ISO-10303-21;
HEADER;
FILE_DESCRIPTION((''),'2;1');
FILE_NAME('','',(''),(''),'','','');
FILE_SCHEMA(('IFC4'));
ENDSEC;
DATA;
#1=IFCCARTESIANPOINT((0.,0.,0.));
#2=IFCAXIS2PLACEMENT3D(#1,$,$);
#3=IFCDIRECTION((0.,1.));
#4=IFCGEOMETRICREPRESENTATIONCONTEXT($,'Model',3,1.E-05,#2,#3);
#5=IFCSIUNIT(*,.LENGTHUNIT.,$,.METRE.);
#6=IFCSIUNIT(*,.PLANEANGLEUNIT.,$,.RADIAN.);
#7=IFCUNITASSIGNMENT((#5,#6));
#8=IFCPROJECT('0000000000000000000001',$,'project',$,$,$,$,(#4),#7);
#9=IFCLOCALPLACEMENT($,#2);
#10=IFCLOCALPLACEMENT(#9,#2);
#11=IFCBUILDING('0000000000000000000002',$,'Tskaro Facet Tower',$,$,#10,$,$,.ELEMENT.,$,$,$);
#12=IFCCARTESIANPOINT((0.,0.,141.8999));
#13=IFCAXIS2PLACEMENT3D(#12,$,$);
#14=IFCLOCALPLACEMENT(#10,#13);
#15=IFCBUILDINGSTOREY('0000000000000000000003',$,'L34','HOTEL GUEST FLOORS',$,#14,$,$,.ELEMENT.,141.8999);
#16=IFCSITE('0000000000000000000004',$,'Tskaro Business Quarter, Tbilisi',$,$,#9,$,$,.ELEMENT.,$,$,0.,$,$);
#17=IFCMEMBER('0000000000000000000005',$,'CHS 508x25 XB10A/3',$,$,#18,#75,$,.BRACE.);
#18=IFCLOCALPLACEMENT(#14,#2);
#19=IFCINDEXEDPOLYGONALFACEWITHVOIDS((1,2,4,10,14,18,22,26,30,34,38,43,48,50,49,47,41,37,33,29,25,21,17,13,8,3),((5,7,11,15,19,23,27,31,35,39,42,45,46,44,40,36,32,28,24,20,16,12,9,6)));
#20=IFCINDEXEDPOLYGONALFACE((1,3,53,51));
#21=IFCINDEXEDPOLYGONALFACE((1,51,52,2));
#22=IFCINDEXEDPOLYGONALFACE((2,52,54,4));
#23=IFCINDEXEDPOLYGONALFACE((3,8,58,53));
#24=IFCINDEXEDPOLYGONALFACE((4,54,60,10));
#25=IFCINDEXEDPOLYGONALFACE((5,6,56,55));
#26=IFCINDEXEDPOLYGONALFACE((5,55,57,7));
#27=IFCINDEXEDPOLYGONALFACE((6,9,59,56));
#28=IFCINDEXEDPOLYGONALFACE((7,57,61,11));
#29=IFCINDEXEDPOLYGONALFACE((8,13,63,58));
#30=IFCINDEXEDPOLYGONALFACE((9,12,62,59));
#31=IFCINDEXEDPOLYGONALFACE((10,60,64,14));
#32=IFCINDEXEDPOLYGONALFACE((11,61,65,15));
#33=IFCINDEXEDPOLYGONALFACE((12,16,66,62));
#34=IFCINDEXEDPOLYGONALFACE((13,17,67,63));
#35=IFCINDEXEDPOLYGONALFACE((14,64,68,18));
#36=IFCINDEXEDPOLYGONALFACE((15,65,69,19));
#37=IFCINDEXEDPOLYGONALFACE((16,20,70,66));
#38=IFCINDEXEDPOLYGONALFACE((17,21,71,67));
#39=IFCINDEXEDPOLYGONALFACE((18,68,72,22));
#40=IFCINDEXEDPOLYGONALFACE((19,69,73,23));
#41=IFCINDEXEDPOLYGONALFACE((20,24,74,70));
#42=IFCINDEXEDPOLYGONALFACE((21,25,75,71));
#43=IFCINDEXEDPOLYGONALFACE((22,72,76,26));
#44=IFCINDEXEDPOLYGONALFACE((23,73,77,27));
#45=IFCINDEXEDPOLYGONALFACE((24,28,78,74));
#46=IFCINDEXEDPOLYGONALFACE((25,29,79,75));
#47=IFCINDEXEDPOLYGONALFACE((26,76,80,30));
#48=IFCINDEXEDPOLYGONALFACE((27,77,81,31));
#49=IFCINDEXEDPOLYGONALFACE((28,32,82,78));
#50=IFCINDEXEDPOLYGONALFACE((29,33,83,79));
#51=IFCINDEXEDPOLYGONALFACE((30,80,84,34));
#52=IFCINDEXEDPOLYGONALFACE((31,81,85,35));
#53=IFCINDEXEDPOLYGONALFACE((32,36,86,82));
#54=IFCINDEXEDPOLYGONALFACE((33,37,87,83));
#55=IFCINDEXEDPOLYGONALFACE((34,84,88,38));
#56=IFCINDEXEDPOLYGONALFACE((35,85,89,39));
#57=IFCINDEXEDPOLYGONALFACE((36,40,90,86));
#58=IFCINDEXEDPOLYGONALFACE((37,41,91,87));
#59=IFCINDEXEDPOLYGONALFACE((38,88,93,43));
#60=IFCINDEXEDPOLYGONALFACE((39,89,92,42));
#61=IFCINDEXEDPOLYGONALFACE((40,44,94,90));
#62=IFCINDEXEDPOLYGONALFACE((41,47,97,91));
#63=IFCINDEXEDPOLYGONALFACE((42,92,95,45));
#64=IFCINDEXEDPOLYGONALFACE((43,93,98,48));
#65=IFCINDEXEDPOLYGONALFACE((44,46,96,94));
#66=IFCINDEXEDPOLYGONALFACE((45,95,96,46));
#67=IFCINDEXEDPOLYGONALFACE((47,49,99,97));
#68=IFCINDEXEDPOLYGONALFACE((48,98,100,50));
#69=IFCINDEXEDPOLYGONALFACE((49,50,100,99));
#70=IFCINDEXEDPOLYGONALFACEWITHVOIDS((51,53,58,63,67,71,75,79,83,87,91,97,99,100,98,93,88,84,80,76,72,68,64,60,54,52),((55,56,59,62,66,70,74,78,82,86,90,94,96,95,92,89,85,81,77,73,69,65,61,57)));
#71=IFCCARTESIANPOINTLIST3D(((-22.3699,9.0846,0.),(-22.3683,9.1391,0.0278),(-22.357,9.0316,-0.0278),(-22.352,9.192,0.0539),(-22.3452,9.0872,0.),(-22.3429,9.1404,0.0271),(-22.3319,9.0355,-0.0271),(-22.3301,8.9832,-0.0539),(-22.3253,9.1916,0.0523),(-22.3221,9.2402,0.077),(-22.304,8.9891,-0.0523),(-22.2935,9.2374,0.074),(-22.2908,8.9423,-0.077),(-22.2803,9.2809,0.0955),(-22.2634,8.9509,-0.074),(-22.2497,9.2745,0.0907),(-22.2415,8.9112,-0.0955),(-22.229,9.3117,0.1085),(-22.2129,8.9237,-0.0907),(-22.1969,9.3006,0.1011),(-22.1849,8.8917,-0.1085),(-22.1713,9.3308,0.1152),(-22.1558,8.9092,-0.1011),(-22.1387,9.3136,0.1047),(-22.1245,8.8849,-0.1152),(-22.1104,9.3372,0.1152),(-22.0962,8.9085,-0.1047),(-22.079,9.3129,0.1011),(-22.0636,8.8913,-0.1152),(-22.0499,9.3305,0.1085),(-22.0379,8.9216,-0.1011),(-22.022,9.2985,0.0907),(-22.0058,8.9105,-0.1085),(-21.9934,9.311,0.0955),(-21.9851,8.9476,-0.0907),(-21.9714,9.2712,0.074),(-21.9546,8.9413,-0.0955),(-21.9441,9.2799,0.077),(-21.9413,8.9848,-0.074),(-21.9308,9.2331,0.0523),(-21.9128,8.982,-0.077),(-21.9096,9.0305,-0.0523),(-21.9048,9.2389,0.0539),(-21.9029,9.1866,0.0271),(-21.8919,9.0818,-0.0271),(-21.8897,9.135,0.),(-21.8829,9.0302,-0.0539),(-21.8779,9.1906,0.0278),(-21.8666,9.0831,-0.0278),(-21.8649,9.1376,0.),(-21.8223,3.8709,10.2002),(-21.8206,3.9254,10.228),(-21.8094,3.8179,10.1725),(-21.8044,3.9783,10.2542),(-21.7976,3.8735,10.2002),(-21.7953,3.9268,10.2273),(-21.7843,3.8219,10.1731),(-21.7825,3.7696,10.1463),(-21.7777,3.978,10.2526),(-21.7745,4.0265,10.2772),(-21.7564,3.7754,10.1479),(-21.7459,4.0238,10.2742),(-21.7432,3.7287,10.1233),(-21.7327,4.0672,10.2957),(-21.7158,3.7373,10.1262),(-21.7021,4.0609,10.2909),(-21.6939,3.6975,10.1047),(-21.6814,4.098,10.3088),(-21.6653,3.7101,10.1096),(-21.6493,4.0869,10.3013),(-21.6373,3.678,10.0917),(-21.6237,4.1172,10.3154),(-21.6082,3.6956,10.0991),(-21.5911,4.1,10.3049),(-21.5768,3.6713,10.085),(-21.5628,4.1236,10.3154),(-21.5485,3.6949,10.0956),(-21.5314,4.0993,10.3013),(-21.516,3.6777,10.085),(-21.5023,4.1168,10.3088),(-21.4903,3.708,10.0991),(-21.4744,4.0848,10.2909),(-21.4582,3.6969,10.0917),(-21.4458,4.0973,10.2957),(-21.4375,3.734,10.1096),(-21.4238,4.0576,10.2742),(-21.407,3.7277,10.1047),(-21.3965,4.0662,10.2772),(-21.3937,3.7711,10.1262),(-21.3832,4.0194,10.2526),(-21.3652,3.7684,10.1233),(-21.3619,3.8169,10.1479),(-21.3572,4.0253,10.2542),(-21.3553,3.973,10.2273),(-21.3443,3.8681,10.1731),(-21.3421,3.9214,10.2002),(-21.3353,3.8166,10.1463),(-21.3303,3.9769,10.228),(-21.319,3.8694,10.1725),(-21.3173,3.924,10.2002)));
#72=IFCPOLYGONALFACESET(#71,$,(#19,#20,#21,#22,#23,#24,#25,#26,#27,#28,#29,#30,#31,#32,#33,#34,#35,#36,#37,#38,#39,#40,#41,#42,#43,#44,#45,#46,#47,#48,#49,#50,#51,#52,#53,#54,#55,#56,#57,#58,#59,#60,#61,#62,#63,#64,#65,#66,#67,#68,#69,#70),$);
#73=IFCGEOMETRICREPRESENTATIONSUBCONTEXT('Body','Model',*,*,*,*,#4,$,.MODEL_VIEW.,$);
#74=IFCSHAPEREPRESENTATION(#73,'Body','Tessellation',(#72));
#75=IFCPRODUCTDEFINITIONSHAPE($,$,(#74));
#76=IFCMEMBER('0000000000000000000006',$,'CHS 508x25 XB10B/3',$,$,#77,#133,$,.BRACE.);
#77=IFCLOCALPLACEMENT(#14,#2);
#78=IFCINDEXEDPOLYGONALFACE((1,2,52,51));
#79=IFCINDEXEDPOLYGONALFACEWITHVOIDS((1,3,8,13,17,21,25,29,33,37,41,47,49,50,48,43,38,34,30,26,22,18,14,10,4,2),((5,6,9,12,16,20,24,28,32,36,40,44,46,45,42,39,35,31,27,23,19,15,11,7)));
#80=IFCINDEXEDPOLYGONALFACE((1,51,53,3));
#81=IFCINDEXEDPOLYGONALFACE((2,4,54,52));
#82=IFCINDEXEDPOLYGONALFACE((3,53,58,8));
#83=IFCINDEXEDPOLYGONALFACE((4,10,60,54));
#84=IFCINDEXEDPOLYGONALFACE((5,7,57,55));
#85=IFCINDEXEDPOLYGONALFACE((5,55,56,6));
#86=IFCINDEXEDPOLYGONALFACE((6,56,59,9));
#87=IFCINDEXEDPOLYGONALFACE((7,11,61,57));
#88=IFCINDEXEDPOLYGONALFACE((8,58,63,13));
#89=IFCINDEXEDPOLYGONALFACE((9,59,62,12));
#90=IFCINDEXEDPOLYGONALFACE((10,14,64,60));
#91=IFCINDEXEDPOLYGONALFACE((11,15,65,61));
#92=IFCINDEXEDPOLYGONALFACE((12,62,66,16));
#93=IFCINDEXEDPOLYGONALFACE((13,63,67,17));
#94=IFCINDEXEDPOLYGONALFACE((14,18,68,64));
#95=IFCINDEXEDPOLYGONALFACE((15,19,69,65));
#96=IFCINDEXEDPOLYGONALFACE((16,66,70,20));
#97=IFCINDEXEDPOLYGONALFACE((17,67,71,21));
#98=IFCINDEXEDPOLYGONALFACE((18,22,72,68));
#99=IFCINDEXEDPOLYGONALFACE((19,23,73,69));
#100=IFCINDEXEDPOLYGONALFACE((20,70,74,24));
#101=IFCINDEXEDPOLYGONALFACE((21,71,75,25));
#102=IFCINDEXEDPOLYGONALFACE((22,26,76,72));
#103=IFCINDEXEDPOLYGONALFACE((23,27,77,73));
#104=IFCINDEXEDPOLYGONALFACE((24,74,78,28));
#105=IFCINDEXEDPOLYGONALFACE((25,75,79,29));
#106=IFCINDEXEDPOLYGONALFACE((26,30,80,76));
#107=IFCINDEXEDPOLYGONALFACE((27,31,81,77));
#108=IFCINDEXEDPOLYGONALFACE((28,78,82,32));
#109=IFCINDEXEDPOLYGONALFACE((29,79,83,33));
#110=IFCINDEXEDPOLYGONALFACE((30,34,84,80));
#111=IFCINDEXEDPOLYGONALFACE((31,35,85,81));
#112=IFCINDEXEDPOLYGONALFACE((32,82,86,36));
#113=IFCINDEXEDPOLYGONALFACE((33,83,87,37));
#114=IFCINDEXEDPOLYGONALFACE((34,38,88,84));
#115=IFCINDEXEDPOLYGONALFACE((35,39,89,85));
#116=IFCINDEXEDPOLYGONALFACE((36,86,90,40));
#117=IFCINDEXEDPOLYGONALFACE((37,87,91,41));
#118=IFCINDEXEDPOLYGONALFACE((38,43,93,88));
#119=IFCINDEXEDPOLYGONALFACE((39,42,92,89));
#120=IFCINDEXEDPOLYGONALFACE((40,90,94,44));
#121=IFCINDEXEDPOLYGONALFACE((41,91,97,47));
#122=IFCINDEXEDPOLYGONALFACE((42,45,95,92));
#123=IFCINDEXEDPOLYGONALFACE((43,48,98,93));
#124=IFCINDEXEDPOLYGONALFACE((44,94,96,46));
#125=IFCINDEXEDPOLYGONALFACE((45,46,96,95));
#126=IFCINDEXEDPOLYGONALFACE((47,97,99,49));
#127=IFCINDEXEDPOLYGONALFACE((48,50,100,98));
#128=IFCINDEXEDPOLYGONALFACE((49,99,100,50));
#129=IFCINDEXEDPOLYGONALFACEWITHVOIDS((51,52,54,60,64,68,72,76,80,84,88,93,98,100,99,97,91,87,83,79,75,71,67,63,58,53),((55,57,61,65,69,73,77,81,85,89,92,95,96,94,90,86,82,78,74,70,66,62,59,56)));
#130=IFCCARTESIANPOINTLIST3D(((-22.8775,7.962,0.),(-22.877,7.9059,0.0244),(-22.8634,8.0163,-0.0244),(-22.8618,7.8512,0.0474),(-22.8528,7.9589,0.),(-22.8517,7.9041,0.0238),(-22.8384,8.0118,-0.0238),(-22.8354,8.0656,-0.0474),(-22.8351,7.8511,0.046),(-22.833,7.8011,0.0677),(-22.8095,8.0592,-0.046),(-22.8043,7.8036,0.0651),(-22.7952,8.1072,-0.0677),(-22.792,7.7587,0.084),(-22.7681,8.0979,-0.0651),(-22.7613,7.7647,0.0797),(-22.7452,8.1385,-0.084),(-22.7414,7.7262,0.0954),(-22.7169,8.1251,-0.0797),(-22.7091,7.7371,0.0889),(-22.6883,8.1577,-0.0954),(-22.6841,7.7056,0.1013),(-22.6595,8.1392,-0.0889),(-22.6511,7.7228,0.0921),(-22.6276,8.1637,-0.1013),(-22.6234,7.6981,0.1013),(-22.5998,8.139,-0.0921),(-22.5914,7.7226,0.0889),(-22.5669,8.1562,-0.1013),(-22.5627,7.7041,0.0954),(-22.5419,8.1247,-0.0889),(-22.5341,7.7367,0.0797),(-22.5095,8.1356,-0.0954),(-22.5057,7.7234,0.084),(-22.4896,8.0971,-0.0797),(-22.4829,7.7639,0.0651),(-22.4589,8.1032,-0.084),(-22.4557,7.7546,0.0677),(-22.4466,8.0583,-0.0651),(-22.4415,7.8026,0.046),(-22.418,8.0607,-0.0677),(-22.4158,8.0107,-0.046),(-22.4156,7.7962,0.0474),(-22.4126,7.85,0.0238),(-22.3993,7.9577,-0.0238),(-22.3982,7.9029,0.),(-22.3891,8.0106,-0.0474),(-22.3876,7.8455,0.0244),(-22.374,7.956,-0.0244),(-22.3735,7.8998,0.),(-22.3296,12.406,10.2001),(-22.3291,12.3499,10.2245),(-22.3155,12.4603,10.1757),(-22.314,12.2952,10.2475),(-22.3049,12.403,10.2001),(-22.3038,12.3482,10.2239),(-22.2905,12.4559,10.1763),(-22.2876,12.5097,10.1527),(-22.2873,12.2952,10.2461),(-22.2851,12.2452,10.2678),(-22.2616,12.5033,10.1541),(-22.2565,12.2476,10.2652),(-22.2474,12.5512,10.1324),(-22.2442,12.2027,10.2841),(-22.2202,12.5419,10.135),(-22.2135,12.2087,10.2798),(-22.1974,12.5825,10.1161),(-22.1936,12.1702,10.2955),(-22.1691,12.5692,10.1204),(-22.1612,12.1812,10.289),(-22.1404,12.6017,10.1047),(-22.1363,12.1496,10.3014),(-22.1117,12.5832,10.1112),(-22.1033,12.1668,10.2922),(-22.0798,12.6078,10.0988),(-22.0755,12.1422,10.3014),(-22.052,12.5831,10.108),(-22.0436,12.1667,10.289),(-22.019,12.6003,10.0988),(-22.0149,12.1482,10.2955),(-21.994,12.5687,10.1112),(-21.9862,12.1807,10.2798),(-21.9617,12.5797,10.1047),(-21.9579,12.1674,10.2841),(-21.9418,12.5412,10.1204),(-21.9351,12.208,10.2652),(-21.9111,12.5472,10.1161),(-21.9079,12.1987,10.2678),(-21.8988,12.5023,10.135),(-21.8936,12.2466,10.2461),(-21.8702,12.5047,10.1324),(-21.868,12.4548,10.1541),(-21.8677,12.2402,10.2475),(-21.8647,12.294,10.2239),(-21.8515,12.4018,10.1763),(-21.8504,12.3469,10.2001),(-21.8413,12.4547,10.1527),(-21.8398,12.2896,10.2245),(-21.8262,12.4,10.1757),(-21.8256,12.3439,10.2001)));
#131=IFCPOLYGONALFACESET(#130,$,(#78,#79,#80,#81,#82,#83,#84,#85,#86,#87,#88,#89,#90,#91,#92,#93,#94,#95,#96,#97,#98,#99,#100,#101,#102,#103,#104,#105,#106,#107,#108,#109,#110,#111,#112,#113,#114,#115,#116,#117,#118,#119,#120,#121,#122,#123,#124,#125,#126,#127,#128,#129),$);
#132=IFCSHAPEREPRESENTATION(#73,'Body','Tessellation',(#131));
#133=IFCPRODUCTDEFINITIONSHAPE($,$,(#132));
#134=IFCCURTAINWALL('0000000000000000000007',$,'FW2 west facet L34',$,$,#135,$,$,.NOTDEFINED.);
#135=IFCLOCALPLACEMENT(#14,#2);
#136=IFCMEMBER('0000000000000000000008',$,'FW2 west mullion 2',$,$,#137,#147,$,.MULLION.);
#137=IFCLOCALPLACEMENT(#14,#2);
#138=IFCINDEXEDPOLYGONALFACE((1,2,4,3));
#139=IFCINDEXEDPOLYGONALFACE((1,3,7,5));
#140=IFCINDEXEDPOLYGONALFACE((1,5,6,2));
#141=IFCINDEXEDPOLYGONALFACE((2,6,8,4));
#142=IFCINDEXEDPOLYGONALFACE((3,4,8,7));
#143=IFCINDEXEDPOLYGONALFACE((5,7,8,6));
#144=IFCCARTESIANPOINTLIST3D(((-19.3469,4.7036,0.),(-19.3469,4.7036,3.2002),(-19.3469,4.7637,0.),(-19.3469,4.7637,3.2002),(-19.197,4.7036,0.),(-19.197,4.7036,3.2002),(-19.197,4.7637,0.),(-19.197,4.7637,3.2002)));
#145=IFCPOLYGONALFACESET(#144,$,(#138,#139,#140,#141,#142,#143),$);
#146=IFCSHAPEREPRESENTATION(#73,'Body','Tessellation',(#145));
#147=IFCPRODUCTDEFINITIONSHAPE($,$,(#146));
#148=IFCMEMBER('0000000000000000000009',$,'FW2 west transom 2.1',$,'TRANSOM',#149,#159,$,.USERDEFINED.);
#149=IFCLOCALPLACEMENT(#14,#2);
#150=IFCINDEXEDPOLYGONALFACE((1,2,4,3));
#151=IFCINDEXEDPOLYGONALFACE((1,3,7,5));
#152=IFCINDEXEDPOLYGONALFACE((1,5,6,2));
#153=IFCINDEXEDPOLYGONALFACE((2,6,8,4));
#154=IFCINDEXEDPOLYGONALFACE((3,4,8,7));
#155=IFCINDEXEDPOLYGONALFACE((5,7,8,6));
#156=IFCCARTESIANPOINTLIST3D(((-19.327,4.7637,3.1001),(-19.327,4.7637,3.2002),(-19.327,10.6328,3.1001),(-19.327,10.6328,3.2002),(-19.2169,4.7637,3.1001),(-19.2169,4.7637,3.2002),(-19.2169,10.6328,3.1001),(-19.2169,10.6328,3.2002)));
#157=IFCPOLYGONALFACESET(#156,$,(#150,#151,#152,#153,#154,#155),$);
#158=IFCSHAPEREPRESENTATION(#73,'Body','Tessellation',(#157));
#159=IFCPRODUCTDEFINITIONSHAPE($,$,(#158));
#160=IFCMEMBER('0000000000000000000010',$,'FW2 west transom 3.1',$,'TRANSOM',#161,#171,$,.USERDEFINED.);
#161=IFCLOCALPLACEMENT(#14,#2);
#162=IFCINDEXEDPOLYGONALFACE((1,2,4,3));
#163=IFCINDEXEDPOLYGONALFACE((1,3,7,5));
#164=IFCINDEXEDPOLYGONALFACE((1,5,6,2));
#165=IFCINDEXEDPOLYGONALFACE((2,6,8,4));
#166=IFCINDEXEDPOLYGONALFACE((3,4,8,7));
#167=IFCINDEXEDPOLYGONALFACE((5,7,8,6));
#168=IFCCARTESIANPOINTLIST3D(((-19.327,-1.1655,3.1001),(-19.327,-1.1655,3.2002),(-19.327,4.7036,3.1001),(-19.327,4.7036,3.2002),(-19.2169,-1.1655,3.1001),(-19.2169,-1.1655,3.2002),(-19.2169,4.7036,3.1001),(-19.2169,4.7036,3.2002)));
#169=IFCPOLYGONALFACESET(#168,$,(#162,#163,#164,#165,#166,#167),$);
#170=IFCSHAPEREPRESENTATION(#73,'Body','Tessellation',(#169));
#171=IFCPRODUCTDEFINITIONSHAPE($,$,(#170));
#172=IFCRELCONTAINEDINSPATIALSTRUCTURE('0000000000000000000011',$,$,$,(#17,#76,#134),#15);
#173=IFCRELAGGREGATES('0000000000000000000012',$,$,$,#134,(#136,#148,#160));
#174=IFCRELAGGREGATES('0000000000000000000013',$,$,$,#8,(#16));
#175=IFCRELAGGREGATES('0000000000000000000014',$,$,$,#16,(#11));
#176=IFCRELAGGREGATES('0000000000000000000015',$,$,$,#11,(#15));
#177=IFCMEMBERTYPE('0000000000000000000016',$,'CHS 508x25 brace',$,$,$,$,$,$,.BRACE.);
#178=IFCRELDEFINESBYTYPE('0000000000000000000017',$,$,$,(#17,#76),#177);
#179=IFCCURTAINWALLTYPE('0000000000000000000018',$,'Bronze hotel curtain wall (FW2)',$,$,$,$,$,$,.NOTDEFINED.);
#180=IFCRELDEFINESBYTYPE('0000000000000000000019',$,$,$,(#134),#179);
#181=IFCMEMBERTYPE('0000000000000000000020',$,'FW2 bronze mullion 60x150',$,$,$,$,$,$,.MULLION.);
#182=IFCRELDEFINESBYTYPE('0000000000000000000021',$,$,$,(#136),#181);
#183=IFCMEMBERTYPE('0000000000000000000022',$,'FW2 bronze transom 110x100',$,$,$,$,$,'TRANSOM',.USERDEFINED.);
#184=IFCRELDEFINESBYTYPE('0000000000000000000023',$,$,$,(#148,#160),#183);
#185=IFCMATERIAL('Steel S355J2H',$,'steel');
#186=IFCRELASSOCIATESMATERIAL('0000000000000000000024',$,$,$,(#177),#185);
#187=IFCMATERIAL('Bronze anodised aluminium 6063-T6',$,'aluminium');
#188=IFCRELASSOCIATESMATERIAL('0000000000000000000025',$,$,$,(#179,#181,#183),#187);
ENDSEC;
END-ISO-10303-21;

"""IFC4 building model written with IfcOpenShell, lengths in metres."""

from ifc_helpers import new_model, si_unit, direction, frame, origin, origin_2d, place, context, subcontext, project, spatial, rectangle, hollow_circle, extrude, material, material_profile, profile_set, type_object, element, aggregate, save


model = new_model("IFC4")

# Units and contexts
model_context = context("Model", 3, precision=1e-05, world=origin(), true_north=direction((0.0, 1.0)))
body_context = subcontext(model_context, "Body", "Model", "MODEL_VIEW")
ifc_project = project(units=[si_unit("LENGTHUNIT", "METRE"), si_unit("PLANEANGLEUNIT", "RADIAN")], contexts=[model_context])

# Site, building, storey
site_placement = place(None, origin())
site = spatial("IfcSite", under=ifc_project, at=site_placement, Name="Tskaro Business Quarter, Tbilisi", CompositionType="ELEMENT", RefElevation=0.0)
building_placement = place(site_placement, origin())
building = spatial("IfcBuilding", under=site, at=building_placement, Name="Tskaro Facet Tower", CompositionType="ELEMENT")
storey_placement = place(building_placement, frame((0.0, 0.0, 141.8999)))
storey = spatial("IfcBuildingStorey", under=building, at=storey_placement, Name="L34", Description="HOTEL GUEST FLOORS", CompositionType="ELEMENT", Elevation=141.8999)

# Shared definitions
ifc_material_1 = material(Name="Steel S355J2H", Category="steel")

# Members
ifc_material_profile_1 = material_profile(ifc_material_1, hollow_circle(Radius=0.2539, WallThickness=0.0249, at=origin_2d()), Name="CHS 508x25")
ifc_profile_set_1 = profile_set([ifc_material_profile_1], Name="Steel S355J2H")
member_type_1 = type_object("IfcMemberType", Name="CHS 508x25 brace", PredefinedType="BRACE", material=ifc_profile_set_1)
member_1_placement = place(storey_placement, frame((-22.1174, 9.1111, 0.0), z_axis=(0.047749, -0.454605, 0.889412), x_axis=(0.994529, 0.104459, 0.0)))
element("IfcMember", 1, at=member_1_placement, inside=storey, type_object=member_type_1, Name="CHS 508x25 XB10A/3", PredefinedType="BRACE", context=body_context, shape_type="SweptSolid", body=[
    extrude(hollow_circle(Radius=0.2539, WallThickness=0.0249, at=origin_2d()), origin(), (0.0, 0.0, 1.0), 11.4685),
])
member_2_placement = place(storey_placement, frame((-22.6255, 7.9309, 0.0), z_axis=(0.04918, 0.39894, 0.915657), x_axis=(-0.992487, 0.12235, 0.0)))
element("IfcMember", 2, at=member_2_placement, inside=storey, type_object=member_type_1, Name="CHS 508x25 XB10B/3", PredefinedType="BRACE", context=body_context, shape_type="SweptSolid", body=[
    extrude(hollow_circle(Radius=0.2539, WallThickness=0.0249, at=origin_2d()), origin(), (0.0, 0.0, 1.0), 11.1396),
])

# Curtain wall, members
ifc_material_2 = material(Name="Bronze anodised aluminium 6063-T6", Category="aluminium")
curtain_wall_type = type_object("IfcCurtainWallType", Name="Bronze hotel curtain wall (FW2)", PredefinedType="NOTDEFINED", material=ifc_material_2)
curtain_wall_placement = place(storey_placement, origin())
curtain_wall = element("IfcCurtainWall", 3, at=curtain_wall_placement, inside=storey, type_object=curtain_wall_type, Name="FW2 west facet L34", PredefinedType="NOTDEFINED")
ifc_material_profile_2 = material_profile(ifc_material_2, rectangle(XDim=0.0601, YDim=0.1499, at=origin_2d()), Name="Mullion 60x150")
ifc_profile_set_2 = profile_set([ifc_material_profile_2], Name="Bronze anodised aluminium 6063-T6")
member_type_2 = type_object("IfcMemberType", Name="FW2 bronze mullion 60x150", PredefinedType="MULLION", material=ifc_profile_set_2)
member_3_placement = place(storey_placement, frame((-19.272, 4.7336, 0.0), z_axis=(0.0, 0.0, 1.0), x_axis=(0.0, -1.0, 0.0)))
member_3 = element("IfcMember", 4, at=member_3_placement, type_object=member_type_2, Name="FW2 west mullion 2", PredefinedType="MULLION", context=body_context, shape_type="SweptSolid", body=[
    extrude(rectangle(XDim=0.0601, YDim=0.1499, at=origin_2d()), origin(), (0.0, 0.0, 1.0), 3.2002),
])
ifc_material_profile_3 = material_profile(ifc_material_2, rectangle(XDim=0.1101, YDim=0.1001, at=origin_2d()), Name="Transom 110x100")
ifc_profile_set_3 = profile_set([ifc_material_profile_3], Name="Bronze anodised aluminium 6063-T6")
member_type_3 = type_object("IfcMemberType", Name="FW2 bronze transom 110x100", ElementType="TRANSOM", PredefinedType="USERDEFINED", material=ifc_profile_set_3)
member_4_placement = place(storey_placement, frame((-19.272, 10.6328, 3.1501), z_axis=(0.0, -1.0, 0.0), x_axis=(1.0, 0.0, 0.0)))
member_4 = element("IfcMember", 5, at=member_4_placement, type_object=member_type_3, Name="FW2 west transom 2.1", ObjectType="TRANSOM", PredefinedType="USERDEFINED", context=body_context, shape_type="SweptSolid", body=[
    extrude(rectangle(XDim=0.1101, YDim=0.1001, at=origin_2d()), origin(), (0.0, 0.0, 1.0), 5.8691),
])
member_5_placement = place(storey_placement, frame((-19.272, 4.7036, 3.1501), z_axis=(0.0, -1.0, 0.0), x_axis=(1.0, 0.0, 0.0)))
member_5 = element("IfcMember", 6, at=member_5_placement, type_object=member_type_3, Name="FW2 west transom 3.1", ObjectType="TRANSOM", PredefinedType="USERDEFINED", context=body_context, shape_type="SweptSolid", body=[
    extrude(rectangle(XDim=0.1101, YDim=0.1001, at=origin_2d()), origin(), (0.0, 0.0, 1.0), 5.8691),
])

aggregate(curtain_wall, [member_3, member_4, member_5])

save(model, "model.ifc")
